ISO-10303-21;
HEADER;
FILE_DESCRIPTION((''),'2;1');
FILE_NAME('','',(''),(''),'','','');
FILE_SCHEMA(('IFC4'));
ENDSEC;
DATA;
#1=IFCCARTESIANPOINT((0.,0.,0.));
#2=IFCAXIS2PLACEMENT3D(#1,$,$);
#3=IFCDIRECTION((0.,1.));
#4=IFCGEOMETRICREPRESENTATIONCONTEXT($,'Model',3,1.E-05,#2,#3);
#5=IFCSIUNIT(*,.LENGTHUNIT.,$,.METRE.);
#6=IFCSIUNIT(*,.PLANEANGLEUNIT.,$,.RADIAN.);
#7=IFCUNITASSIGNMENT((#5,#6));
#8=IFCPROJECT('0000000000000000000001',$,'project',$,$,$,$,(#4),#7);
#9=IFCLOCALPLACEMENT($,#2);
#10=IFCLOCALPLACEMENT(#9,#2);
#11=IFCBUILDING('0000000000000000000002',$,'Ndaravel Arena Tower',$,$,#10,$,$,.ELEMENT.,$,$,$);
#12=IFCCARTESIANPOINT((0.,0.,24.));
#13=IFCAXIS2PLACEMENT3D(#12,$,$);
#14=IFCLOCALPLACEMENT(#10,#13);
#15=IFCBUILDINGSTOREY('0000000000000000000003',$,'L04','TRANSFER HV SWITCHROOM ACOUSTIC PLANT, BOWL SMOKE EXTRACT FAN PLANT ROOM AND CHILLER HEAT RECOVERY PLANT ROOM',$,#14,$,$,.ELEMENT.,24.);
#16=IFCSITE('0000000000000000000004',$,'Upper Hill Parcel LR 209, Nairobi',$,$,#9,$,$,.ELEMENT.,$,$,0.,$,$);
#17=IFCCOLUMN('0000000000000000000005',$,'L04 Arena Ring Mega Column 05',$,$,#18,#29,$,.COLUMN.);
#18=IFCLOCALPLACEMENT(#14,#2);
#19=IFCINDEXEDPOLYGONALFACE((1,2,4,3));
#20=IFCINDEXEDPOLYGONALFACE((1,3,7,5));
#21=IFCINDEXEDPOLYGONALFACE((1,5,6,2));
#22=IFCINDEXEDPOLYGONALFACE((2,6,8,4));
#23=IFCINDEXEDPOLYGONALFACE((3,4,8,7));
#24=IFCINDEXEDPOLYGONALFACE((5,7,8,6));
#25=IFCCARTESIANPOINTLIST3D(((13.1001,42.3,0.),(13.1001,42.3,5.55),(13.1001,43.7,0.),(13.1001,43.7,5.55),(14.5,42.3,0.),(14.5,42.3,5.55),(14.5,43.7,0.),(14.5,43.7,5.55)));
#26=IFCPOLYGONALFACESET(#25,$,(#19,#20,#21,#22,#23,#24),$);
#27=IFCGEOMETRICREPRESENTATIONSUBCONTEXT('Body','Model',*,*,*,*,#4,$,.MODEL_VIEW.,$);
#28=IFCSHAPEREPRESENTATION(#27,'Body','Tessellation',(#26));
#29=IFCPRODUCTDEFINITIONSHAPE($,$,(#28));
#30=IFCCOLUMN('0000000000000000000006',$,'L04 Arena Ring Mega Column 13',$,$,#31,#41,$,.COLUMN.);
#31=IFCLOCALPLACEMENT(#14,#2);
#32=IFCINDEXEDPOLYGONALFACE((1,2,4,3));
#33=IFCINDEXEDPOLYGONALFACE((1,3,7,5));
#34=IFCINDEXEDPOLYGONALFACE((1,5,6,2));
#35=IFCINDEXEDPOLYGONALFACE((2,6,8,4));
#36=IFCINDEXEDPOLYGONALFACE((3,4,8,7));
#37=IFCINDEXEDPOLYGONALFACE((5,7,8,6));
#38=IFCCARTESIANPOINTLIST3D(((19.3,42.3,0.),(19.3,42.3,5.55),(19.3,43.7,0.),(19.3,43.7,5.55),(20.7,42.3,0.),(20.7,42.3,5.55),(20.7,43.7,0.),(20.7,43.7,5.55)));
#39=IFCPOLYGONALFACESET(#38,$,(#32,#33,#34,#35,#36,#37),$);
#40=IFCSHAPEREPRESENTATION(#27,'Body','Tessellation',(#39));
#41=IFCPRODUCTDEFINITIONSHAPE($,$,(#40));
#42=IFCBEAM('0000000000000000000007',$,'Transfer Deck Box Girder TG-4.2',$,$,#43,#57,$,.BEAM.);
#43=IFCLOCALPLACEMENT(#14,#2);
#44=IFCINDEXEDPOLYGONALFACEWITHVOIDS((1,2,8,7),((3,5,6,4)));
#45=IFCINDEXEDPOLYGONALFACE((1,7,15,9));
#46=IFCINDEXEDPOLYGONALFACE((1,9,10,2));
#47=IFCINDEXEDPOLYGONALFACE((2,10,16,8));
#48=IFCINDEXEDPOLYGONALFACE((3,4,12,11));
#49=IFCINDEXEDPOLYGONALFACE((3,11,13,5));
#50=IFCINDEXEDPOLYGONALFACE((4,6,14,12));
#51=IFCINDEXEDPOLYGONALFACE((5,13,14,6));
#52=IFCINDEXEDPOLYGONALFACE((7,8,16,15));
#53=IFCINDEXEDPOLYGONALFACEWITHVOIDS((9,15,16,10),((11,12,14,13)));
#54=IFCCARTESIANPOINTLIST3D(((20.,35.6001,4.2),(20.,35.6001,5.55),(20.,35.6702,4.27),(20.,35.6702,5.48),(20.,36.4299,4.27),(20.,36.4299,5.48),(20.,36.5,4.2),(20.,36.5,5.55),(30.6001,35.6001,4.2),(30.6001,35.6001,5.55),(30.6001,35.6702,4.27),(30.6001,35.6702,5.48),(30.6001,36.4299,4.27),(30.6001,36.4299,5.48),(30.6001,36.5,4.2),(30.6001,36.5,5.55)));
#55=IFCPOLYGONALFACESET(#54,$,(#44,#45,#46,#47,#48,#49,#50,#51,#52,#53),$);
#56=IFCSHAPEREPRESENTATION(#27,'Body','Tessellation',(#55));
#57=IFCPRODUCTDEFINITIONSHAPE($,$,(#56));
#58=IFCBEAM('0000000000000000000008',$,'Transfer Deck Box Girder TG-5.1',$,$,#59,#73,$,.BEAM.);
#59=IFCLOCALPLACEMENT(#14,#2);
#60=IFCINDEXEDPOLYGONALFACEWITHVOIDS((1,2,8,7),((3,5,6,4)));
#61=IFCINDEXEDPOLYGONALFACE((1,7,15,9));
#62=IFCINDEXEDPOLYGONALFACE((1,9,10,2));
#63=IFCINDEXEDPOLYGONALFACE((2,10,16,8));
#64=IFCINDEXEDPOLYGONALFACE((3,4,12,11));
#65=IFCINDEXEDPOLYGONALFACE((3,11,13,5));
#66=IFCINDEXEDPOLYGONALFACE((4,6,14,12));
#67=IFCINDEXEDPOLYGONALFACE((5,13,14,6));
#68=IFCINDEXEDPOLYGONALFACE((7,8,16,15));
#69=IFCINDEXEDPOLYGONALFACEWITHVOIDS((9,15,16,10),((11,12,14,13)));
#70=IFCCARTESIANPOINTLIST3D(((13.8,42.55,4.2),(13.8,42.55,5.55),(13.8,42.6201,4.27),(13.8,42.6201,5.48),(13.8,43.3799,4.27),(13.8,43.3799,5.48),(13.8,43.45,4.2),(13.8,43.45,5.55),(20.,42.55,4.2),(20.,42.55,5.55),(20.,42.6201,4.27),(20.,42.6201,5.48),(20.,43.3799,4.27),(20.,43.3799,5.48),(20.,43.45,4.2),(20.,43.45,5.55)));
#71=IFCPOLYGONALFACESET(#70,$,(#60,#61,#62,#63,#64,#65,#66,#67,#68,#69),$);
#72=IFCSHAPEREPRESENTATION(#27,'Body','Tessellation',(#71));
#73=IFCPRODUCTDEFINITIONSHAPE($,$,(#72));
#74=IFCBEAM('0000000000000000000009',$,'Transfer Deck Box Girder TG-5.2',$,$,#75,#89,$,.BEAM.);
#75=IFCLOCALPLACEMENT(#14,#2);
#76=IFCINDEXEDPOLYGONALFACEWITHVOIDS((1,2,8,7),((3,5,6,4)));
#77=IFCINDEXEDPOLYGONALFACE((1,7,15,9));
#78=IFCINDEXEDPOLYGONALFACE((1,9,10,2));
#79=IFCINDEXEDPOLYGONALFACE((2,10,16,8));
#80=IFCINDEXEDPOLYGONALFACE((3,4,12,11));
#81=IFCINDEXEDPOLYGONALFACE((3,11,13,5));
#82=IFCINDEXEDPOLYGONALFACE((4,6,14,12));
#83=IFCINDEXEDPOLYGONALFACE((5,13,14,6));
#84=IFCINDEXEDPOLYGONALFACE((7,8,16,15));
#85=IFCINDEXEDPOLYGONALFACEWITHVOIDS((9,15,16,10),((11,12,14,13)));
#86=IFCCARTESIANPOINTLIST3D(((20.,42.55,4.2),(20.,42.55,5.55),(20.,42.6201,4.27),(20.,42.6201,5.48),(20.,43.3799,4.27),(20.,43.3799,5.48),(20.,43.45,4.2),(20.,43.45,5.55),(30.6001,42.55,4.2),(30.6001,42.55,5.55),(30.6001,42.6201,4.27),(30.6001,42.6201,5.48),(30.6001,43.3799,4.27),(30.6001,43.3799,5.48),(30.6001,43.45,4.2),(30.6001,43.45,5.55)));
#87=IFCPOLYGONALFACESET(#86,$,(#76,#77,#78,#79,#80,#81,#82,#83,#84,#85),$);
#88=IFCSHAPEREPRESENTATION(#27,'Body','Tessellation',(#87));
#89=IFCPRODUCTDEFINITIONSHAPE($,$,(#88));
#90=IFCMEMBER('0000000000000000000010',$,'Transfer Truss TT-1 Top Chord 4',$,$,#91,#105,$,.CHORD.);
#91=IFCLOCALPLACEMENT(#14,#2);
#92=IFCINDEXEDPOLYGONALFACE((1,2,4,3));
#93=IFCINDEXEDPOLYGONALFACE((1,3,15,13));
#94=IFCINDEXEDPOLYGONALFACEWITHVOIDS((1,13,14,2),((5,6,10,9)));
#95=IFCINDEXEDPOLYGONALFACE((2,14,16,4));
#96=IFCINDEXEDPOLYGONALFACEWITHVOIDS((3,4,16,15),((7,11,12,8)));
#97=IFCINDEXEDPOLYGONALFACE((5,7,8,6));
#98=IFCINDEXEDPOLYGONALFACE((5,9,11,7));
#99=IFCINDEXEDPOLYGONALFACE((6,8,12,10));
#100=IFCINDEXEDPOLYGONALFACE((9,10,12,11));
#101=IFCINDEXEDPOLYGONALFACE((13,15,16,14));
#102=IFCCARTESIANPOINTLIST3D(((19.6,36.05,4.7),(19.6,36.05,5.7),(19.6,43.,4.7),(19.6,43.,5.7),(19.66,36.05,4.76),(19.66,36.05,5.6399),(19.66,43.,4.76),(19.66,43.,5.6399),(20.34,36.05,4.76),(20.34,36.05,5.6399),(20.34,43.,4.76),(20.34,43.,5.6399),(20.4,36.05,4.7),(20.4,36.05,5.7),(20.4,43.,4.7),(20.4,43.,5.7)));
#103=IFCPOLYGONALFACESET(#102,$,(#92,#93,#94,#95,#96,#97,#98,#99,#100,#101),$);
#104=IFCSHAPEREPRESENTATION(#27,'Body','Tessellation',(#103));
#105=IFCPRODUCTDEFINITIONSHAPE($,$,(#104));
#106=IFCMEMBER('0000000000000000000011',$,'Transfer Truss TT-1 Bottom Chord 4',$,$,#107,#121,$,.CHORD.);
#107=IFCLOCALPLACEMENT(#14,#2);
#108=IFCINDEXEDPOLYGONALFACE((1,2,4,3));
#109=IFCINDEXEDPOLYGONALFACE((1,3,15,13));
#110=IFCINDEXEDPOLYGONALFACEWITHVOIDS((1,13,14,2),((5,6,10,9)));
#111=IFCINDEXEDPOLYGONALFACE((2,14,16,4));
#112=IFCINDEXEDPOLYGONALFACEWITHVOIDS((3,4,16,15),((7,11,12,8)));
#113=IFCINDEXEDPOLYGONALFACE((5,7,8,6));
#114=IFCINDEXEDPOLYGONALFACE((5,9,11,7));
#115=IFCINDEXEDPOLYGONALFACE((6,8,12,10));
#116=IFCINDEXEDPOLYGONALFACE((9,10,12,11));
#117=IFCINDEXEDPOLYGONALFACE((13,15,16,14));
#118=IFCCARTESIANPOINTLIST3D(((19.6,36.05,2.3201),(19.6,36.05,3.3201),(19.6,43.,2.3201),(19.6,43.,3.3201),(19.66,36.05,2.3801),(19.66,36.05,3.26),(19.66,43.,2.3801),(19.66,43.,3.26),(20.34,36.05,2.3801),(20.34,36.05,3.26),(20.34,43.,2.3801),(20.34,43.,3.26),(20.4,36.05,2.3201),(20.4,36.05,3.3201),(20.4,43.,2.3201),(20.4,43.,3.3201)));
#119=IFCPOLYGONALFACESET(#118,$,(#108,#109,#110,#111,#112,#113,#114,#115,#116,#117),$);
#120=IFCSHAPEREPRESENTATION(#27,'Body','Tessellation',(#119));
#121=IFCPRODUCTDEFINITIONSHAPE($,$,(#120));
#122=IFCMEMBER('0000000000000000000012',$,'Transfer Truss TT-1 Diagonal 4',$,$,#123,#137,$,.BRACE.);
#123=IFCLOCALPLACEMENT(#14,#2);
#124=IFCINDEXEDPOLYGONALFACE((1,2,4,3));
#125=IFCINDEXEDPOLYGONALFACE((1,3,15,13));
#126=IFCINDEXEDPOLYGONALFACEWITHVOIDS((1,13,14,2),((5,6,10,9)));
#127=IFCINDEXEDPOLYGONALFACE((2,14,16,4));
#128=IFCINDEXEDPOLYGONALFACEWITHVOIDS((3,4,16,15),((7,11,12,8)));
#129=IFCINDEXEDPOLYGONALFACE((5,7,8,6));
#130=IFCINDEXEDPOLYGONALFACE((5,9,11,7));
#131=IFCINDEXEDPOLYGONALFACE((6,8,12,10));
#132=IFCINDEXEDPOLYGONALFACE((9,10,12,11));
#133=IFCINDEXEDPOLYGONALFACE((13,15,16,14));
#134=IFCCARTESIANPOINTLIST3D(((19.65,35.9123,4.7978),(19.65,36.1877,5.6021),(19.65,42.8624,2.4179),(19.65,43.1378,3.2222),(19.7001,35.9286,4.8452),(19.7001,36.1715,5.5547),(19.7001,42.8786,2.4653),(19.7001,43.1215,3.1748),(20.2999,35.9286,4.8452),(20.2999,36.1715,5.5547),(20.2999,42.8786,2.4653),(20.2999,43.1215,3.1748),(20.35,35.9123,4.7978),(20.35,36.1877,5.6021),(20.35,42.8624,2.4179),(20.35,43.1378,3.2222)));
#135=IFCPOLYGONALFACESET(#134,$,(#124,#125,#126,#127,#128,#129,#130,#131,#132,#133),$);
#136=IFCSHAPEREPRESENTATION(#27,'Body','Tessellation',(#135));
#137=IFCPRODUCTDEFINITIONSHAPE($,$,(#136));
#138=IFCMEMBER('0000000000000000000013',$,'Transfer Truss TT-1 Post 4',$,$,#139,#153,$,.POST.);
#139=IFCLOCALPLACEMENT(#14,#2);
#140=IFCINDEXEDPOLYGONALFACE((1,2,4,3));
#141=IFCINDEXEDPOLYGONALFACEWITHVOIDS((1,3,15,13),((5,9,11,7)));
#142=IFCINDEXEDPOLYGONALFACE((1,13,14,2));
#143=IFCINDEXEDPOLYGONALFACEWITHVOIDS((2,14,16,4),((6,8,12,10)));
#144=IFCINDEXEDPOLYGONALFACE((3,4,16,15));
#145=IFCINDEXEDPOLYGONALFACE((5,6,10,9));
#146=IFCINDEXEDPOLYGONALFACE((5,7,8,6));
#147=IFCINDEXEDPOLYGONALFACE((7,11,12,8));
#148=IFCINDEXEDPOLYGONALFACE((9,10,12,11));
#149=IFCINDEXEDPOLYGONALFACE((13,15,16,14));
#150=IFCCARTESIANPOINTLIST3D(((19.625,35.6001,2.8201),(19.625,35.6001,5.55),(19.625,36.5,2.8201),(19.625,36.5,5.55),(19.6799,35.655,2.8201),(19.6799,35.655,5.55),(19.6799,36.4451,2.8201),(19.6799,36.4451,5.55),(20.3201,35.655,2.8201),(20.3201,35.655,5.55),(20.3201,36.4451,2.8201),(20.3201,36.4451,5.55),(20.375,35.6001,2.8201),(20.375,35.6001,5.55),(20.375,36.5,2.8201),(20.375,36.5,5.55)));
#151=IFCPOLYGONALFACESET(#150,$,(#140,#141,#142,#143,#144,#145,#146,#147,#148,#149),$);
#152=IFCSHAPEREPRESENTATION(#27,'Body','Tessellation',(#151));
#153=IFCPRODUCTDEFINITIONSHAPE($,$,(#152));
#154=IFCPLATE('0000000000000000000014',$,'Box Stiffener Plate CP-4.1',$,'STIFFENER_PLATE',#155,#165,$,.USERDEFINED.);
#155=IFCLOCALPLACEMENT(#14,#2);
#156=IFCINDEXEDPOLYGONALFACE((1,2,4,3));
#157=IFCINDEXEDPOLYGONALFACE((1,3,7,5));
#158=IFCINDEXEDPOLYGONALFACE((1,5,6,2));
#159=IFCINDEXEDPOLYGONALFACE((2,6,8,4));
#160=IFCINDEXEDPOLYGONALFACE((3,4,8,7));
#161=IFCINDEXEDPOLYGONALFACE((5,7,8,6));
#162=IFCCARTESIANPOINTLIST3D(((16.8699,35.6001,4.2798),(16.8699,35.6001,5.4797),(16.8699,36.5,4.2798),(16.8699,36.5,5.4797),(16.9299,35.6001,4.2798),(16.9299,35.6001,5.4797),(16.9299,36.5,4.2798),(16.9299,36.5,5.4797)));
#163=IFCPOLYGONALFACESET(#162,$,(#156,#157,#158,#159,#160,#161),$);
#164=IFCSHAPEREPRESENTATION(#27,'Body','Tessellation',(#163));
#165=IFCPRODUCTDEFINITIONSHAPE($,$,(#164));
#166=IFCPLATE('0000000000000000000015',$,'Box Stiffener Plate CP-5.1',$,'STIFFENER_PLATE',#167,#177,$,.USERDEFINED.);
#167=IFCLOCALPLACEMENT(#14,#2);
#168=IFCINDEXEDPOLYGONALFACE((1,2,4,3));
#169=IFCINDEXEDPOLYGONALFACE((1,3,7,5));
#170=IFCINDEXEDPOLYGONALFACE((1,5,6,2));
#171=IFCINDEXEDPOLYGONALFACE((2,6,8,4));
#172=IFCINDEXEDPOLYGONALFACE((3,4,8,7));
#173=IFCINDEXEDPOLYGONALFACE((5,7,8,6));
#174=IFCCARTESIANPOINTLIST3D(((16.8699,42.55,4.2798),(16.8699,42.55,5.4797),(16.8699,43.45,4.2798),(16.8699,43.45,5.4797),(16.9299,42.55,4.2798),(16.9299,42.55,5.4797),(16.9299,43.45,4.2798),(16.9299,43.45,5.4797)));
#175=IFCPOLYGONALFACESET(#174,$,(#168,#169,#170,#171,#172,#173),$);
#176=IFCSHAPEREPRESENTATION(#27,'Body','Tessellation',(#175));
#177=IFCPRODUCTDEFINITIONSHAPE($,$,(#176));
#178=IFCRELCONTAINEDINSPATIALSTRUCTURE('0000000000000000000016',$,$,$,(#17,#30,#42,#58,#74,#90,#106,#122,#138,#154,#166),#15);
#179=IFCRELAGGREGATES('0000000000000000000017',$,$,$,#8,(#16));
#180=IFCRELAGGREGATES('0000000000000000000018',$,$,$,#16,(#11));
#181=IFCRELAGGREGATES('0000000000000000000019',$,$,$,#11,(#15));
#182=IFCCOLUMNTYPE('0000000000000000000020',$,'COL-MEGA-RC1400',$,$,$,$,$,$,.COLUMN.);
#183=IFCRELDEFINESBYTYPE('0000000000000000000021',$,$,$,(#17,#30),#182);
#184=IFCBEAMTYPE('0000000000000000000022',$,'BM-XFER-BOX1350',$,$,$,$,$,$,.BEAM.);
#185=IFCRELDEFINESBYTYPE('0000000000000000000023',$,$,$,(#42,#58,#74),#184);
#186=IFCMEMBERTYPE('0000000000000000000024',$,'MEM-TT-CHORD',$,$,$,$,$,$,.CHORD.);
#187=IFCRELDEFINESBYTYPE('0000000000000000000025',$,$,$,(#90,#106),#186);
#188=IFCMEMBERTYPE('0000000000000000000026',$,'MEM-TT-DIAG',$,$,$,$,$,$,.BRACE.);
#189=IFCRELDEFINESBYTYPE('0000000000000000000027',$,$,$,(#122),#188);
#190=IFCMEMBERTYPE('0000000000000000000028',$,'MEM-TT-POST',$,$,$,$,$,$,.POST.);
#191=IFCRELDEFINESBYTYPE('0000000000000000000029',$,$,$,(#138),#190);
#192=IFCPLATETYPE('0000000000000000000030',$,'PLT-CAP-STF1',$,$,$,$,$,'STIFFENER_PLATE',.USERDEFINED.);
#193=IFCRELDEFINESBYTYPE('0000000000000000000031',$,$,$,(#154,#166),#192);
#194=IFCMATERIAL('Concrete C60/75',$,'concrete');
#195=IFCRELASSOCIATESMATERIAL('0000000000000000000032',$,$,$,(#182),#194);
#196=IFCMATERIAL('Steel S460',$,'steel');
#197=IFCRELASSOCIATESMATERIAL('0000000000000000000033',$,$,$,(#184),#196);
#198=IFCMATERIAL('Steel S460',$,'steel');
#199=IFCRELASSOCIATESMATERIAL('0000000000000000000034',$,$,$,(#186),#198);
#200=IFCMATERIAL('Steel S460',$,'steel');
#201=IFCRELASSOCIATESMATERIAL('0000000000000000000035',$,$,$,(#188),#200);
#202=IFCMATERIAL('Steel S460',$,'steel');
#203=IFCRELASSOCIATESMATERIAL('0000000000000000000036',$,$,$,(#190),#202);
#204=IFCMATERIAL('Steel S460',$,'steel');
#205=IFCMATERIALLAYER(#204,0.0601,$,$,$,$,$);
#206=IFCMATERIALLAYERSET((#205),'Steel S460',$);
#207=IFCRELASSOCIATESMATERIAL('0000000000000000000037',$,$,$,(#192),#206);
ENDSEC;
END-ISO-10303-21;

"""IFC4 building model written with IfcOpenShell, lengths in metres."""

from ifc_helpers import new_model, si_unit, direction, frame, origin, origin_2d, place, context, subcontext, project, spatial, rectangle, hollow_rectangle, extrude, material, layer, layer_set, material_profile, profile_set, type_object, element, save


model = new_model("IFC4")

# Units and contexts
model_context = context("Model", 3, precision=1e-05, world=origin(), true_north=direction((0.0, 1.0)))
body_context = subcontext(model_context, "Body", "Model", "MODEL_VIEW")
ifc_project = project(units=[si_unit("LENGTHUNIT", "METRE"), si_unit("PLANEANGLEUNIT", "RADIAN")], contexts=[model_context])

# Site, building, storey
site_placement = place(None, origin())
site = spatial("IfcSite", under=ifc_project, at=site_placement, Name="Upper Hill Parcel LR 209, Nairobi", CompositionType="ELEMENT", RefElevation=0.0)
building_placement = place(site_placement, origin())
building = spatial("IfcBuilding", under=site, at=building_placement, Name="Ndaravel Arena Tower", CompositionType="ELEMENT")
storey_placement = place(building_placement, frame((0.0, 0.0, 24.0)))
storey = spatial("IfcBuildingStorey", under=building, at=storey_placement, Name="L04", Description="TRANSFER HV SWITCHROOM ACOUSTIC PLANT, BOWL SMOKE EXTRACT FAN PLANT ROOM AND CHILLER HEAT RECOVERY PLANT ROOM", CompositionType="ELEMENT", Elevation=24.0)

# Columns
ifc_material_1 = material(Name="Concrete C60/75", Category="concrete")
ifc_material_profile_1 = material_profile(ifc_material_1, rectangle(XDim=1.3999, YDim=1.3999, at=origin_2d()), Name="RC 1400x1400")
ifc_profile_set_1 = profile_set([ifc_material_profile_1], Name="Concrete C60/75")
column_type = type_object("IfcColumnType", Name="COL-MEGA-RC1400", PredefinedType="COLUMN", material=ifc_profile_set_1)
for number, where, z_axis, x_axis, name in (
    (1, (13.8, 43.0, 0.0), (0.0, 0.0, 1.0), (1.0, 0.0, 0.0), "L04 Arena Ring Mega Column 05"),
    (2, (20.0, 43.0, 0.0), (0.0, 0.0, 1.0), (1.0, 0.0, 0.0), "L04 Arena Ring Mega Column 13"),
):
    element("IfcColumn", number, at=place(storey_placement, frame(where, z_axis=z_axis, x_axis=x_axis)), inside=storey, type_object=column_type, Name=name, PredefinedType="COLUMN", context=body_context, shape_type="SweptSolid", body=[
        extrude(rectangle(XDim=1.3999, YDim=1.3999, at=origin_2d()), origin(), (0.0, 0.0, 1.0), 5.55),
    ])

# Beams
ifc_material_2 = material(Name="Steel S460", Category="steel")
ifc_material_profile_2 = material_profile(ifc_material_2, hollow_rectangle(XDim=0.8999, YDim=1.3501, WallThickness=0.0701, at=origin_2d()), Name="BOX 1350x900x70")
ifc_profile_set_2 = profile_set([ifc_material_profile_2], Name="Steel S460")
beam_type = type_object("IfcBeamType", Name="BM-XFER-BOX1350", PredefinedType="BEAM", material=ifc_profile_set_2)
beam_1_placement = place(storey_placement, frame((20.0, 36.05, 4.875), z_axis=(1.0, 0.0, 0.0), x_axis=(0.0, 1.0, 0.0)))
element("IfcBeam", 3, at=beam_1_placement, inside=storey, type_object=beam_type, Name="Transfer Deck Box Girder TG-4.2", PredefinedType="BEAM", context=body_context, shape_type="SweptSolid", body=[
    extrude(hollow_rectangle(XDim=0.8999, YDim=1.3501, WallThickness=0.0701, at=origin_2d()), origin(), (0.0, 0.0, 1.0), 10.6001),
])
beam_2_placement = place(storey_placement, frame((13.8, 43.0, 4.875), z_axis=(1.0, 0.0, 0.0), x_axis=(0.0, 1.0, 0.0)))
element("IfcBeam", 4, at=beam_2_placement, inside=storey, type_object=beam_type, Name="Transfer Deck Box Girder TG-5.1", PredefinedType="BEAM", context=body_context, shape_type="SweptSolid", body=[
    extrude(hollow_rectangle(XDim=0.8999, YDim=1.3501, WallThickness=0.0701, at=origin_2d()), origin(), (0.0, 0.0, 1.0), 6.2),
])
beam_3_placement = place(storey_placement, frame((20.0, 43.0, 4.875), z_axis=(1.0, 0.0, 0.0), x_axis=(0.0, 1.0, 0.0)))
element("IfcBeam", 5, at=beam_3_placement, inside=storey, type_object=beam_type, Name="Transfer Deck Box Girder TG-5.2", PredefinedType="BEAM", context=body_context, shape_type="SweptSolid", body=[
    extrude(hollow_rectangle(XDim=0.8999, YDim=1.3501, WallThickness=0.0701, at=origin_2d()), origin(), (0.0, 0.0, 1.0), 10.6001),
])

# Members
ifc_material_3 = material(Name="Steel S460", Category="steel")
ifc_material_profile_3 = material_profile(ifc_material_3, hollow_rectangle(XDim=0.8, YDim=1.0, WallThickness=0.0601, at=origin_2d()), Name="BOX 1000x800x60")
ifc_profile_set_3 = profile_set([ifc_material_profile_3], Name="Steel S460")
member_type_1 = type_object("IfcMemberType", Name="MEM-TT-CHORD", PredefinedType="CHORD", material=ifc_profile_set_3)
for number, where, z_axis, x_axis, name in (
    (6, (20.0, 36.05, 5.2), (0.0, 1.0, 0.0), (-1.0, 0.0, 0.0), "Transfer Truss TT-1 Top Chord 4"),
    (7, (20.0, 36.05, 2.8201), (0.0, 1.0, 0.0), (-1.0, 0.0, 0.0), "Transfer Truss TT-1 Bottom Chord 4"),
):
    element("IfcMember", number, at=place(storey_placement, frame(where, z_axis=z_axis, x_axis=x_axis)), inside=storey, type_object=member_type_1, Name=name, PredefinedType="CHORD", context=body_context, shape_type="SweptSolid", body=[
        extrude(hollow_rectangle(XDim=0.8, YDim=1.0, WallThickness=0.0601, at=origin_2d()), origin(), (0.0, 0.0, 1.0), 6.95),
    ])
ifc_material_4 = material(Name="Steel S460", Category="steel")
ifc_material_profile_4 = material_profile(ifc_material_4, hollow_rectangle(XDim=0.7, YDim=0.8501, WallThickness=0.05, at=origin_2d()), Name="BOX 850x700x50")
ifc_profile_set_4 = profile_set([ifc_material_profile_4], Name="Steel S460")
member_type_2 = type_object("IfcMemberType", Name="MEM-TT-DIAG", PredefinedType="BRACE", material=ifc_profile_set_4)
member_1_placement = place(storey_placement, frame((20.0, 36.05, 5.2), z_axis=(0.0, 0.946069, -0.323964), x_axis=(-1.0, 0.0, 0.0)))
element("IfcMember", 8, at=member_1_placement, inside=storey, type_object=member_type_2, Name="Transfer Truss TT-1 Diagonal 4", PredefinedType="BRACE", context=body_context, shape_type="SweptSolid", body=[
    extrude(hollow_rectangle(XDim=0.7, YDim=0.8501, WallThickness=0.05, at=origin_2d()), origin(), (0.0, 0.0, 1.0), 7.3462),
])
ifc_material_5 = material(Name="Steel S460", Category="steel")
ifc_material_profile_5 = material_profile(ifc_material_5, hollow_rectangle(XDim=0.75, YDim=0.8999, WallThickness=0.0549, at=origin_2d()), Name="BOX 900x750x55")
ifc_profile_set_5 = profile_set([ifc_material_profile_5], Name="Steel S460")
member_type_3 = type_object("IfcMemberType", Name="MEM-TT-POST", PredefinedType="POST", material=ifc_profile_set_5)
member_2_placement = place(storey_placement, frame((20.0, 36.05, 2.8201), z_axis=(0.0, 0.0, 1.0), x_axis=(1.0, 0.0, 0.0)))
element("IfcMember", 9, at=member_2_placement, inside=storey, type_object=member_type_3, Name="Transfer Truss TT-1 Post 4", PredefinedType="POST", context=body_context, shape_type="SweptSolid", body=[
    extrude(hollow_rectangle(XDim=0.75, YDim=0.8999, WallThickness=0.0549, at=origin_2d()), origin(), (0.0, 0.0, 1.0), 2.73),
])

# Plates
ifc_material_6 = material(Name="Steel S460", Category="steel")
ifc_layer_1 = layer(ifc_material_6, 0.0601)
ifc_layer_set_1 = layer_set([ifc_layer_1], Name="Steel S460")
plate_type_1 = type_object("IfcPlateType", Name="PLT-CAP-STF1", ElementType="STIFFENER_PLATE", PredefinedType="USERDEFINED", material=ifc_layer_set_1)
for number, where, z_axis, x_axis, name in (
    (10, (16.8999, 36.05, 4.2798), (0.0, 0.0, 1.0), (1.0, 0.0, 0.0), "Box Stiffener Plate CP-4.1"),
    (11, (16.8999, 43.0, 4.2798), (0.0, 0.0, 1.0), (1.0, 0.0, 0.0), "Box Stiffener Plate CP-5.1"),
):
    element("IfcPlate", number, at=place(storey_placement, frame(where, z_axis=z_axis, x_axis=x_axis)), inside=storey, type_object=plate_type_1, Name=name, ObjectType="STIFFENER_PLATE", PredefinedType="USERDEFINED", context=body_context, shape_type="SweptSolid", body=[
        extrude(rectangle(XDim=0.0601, YDim=0.8999, at=origin_2d()), origin(), (0.0, 0.0, 1.0), 1.2),
    ])

save(model, "model.ifc")
